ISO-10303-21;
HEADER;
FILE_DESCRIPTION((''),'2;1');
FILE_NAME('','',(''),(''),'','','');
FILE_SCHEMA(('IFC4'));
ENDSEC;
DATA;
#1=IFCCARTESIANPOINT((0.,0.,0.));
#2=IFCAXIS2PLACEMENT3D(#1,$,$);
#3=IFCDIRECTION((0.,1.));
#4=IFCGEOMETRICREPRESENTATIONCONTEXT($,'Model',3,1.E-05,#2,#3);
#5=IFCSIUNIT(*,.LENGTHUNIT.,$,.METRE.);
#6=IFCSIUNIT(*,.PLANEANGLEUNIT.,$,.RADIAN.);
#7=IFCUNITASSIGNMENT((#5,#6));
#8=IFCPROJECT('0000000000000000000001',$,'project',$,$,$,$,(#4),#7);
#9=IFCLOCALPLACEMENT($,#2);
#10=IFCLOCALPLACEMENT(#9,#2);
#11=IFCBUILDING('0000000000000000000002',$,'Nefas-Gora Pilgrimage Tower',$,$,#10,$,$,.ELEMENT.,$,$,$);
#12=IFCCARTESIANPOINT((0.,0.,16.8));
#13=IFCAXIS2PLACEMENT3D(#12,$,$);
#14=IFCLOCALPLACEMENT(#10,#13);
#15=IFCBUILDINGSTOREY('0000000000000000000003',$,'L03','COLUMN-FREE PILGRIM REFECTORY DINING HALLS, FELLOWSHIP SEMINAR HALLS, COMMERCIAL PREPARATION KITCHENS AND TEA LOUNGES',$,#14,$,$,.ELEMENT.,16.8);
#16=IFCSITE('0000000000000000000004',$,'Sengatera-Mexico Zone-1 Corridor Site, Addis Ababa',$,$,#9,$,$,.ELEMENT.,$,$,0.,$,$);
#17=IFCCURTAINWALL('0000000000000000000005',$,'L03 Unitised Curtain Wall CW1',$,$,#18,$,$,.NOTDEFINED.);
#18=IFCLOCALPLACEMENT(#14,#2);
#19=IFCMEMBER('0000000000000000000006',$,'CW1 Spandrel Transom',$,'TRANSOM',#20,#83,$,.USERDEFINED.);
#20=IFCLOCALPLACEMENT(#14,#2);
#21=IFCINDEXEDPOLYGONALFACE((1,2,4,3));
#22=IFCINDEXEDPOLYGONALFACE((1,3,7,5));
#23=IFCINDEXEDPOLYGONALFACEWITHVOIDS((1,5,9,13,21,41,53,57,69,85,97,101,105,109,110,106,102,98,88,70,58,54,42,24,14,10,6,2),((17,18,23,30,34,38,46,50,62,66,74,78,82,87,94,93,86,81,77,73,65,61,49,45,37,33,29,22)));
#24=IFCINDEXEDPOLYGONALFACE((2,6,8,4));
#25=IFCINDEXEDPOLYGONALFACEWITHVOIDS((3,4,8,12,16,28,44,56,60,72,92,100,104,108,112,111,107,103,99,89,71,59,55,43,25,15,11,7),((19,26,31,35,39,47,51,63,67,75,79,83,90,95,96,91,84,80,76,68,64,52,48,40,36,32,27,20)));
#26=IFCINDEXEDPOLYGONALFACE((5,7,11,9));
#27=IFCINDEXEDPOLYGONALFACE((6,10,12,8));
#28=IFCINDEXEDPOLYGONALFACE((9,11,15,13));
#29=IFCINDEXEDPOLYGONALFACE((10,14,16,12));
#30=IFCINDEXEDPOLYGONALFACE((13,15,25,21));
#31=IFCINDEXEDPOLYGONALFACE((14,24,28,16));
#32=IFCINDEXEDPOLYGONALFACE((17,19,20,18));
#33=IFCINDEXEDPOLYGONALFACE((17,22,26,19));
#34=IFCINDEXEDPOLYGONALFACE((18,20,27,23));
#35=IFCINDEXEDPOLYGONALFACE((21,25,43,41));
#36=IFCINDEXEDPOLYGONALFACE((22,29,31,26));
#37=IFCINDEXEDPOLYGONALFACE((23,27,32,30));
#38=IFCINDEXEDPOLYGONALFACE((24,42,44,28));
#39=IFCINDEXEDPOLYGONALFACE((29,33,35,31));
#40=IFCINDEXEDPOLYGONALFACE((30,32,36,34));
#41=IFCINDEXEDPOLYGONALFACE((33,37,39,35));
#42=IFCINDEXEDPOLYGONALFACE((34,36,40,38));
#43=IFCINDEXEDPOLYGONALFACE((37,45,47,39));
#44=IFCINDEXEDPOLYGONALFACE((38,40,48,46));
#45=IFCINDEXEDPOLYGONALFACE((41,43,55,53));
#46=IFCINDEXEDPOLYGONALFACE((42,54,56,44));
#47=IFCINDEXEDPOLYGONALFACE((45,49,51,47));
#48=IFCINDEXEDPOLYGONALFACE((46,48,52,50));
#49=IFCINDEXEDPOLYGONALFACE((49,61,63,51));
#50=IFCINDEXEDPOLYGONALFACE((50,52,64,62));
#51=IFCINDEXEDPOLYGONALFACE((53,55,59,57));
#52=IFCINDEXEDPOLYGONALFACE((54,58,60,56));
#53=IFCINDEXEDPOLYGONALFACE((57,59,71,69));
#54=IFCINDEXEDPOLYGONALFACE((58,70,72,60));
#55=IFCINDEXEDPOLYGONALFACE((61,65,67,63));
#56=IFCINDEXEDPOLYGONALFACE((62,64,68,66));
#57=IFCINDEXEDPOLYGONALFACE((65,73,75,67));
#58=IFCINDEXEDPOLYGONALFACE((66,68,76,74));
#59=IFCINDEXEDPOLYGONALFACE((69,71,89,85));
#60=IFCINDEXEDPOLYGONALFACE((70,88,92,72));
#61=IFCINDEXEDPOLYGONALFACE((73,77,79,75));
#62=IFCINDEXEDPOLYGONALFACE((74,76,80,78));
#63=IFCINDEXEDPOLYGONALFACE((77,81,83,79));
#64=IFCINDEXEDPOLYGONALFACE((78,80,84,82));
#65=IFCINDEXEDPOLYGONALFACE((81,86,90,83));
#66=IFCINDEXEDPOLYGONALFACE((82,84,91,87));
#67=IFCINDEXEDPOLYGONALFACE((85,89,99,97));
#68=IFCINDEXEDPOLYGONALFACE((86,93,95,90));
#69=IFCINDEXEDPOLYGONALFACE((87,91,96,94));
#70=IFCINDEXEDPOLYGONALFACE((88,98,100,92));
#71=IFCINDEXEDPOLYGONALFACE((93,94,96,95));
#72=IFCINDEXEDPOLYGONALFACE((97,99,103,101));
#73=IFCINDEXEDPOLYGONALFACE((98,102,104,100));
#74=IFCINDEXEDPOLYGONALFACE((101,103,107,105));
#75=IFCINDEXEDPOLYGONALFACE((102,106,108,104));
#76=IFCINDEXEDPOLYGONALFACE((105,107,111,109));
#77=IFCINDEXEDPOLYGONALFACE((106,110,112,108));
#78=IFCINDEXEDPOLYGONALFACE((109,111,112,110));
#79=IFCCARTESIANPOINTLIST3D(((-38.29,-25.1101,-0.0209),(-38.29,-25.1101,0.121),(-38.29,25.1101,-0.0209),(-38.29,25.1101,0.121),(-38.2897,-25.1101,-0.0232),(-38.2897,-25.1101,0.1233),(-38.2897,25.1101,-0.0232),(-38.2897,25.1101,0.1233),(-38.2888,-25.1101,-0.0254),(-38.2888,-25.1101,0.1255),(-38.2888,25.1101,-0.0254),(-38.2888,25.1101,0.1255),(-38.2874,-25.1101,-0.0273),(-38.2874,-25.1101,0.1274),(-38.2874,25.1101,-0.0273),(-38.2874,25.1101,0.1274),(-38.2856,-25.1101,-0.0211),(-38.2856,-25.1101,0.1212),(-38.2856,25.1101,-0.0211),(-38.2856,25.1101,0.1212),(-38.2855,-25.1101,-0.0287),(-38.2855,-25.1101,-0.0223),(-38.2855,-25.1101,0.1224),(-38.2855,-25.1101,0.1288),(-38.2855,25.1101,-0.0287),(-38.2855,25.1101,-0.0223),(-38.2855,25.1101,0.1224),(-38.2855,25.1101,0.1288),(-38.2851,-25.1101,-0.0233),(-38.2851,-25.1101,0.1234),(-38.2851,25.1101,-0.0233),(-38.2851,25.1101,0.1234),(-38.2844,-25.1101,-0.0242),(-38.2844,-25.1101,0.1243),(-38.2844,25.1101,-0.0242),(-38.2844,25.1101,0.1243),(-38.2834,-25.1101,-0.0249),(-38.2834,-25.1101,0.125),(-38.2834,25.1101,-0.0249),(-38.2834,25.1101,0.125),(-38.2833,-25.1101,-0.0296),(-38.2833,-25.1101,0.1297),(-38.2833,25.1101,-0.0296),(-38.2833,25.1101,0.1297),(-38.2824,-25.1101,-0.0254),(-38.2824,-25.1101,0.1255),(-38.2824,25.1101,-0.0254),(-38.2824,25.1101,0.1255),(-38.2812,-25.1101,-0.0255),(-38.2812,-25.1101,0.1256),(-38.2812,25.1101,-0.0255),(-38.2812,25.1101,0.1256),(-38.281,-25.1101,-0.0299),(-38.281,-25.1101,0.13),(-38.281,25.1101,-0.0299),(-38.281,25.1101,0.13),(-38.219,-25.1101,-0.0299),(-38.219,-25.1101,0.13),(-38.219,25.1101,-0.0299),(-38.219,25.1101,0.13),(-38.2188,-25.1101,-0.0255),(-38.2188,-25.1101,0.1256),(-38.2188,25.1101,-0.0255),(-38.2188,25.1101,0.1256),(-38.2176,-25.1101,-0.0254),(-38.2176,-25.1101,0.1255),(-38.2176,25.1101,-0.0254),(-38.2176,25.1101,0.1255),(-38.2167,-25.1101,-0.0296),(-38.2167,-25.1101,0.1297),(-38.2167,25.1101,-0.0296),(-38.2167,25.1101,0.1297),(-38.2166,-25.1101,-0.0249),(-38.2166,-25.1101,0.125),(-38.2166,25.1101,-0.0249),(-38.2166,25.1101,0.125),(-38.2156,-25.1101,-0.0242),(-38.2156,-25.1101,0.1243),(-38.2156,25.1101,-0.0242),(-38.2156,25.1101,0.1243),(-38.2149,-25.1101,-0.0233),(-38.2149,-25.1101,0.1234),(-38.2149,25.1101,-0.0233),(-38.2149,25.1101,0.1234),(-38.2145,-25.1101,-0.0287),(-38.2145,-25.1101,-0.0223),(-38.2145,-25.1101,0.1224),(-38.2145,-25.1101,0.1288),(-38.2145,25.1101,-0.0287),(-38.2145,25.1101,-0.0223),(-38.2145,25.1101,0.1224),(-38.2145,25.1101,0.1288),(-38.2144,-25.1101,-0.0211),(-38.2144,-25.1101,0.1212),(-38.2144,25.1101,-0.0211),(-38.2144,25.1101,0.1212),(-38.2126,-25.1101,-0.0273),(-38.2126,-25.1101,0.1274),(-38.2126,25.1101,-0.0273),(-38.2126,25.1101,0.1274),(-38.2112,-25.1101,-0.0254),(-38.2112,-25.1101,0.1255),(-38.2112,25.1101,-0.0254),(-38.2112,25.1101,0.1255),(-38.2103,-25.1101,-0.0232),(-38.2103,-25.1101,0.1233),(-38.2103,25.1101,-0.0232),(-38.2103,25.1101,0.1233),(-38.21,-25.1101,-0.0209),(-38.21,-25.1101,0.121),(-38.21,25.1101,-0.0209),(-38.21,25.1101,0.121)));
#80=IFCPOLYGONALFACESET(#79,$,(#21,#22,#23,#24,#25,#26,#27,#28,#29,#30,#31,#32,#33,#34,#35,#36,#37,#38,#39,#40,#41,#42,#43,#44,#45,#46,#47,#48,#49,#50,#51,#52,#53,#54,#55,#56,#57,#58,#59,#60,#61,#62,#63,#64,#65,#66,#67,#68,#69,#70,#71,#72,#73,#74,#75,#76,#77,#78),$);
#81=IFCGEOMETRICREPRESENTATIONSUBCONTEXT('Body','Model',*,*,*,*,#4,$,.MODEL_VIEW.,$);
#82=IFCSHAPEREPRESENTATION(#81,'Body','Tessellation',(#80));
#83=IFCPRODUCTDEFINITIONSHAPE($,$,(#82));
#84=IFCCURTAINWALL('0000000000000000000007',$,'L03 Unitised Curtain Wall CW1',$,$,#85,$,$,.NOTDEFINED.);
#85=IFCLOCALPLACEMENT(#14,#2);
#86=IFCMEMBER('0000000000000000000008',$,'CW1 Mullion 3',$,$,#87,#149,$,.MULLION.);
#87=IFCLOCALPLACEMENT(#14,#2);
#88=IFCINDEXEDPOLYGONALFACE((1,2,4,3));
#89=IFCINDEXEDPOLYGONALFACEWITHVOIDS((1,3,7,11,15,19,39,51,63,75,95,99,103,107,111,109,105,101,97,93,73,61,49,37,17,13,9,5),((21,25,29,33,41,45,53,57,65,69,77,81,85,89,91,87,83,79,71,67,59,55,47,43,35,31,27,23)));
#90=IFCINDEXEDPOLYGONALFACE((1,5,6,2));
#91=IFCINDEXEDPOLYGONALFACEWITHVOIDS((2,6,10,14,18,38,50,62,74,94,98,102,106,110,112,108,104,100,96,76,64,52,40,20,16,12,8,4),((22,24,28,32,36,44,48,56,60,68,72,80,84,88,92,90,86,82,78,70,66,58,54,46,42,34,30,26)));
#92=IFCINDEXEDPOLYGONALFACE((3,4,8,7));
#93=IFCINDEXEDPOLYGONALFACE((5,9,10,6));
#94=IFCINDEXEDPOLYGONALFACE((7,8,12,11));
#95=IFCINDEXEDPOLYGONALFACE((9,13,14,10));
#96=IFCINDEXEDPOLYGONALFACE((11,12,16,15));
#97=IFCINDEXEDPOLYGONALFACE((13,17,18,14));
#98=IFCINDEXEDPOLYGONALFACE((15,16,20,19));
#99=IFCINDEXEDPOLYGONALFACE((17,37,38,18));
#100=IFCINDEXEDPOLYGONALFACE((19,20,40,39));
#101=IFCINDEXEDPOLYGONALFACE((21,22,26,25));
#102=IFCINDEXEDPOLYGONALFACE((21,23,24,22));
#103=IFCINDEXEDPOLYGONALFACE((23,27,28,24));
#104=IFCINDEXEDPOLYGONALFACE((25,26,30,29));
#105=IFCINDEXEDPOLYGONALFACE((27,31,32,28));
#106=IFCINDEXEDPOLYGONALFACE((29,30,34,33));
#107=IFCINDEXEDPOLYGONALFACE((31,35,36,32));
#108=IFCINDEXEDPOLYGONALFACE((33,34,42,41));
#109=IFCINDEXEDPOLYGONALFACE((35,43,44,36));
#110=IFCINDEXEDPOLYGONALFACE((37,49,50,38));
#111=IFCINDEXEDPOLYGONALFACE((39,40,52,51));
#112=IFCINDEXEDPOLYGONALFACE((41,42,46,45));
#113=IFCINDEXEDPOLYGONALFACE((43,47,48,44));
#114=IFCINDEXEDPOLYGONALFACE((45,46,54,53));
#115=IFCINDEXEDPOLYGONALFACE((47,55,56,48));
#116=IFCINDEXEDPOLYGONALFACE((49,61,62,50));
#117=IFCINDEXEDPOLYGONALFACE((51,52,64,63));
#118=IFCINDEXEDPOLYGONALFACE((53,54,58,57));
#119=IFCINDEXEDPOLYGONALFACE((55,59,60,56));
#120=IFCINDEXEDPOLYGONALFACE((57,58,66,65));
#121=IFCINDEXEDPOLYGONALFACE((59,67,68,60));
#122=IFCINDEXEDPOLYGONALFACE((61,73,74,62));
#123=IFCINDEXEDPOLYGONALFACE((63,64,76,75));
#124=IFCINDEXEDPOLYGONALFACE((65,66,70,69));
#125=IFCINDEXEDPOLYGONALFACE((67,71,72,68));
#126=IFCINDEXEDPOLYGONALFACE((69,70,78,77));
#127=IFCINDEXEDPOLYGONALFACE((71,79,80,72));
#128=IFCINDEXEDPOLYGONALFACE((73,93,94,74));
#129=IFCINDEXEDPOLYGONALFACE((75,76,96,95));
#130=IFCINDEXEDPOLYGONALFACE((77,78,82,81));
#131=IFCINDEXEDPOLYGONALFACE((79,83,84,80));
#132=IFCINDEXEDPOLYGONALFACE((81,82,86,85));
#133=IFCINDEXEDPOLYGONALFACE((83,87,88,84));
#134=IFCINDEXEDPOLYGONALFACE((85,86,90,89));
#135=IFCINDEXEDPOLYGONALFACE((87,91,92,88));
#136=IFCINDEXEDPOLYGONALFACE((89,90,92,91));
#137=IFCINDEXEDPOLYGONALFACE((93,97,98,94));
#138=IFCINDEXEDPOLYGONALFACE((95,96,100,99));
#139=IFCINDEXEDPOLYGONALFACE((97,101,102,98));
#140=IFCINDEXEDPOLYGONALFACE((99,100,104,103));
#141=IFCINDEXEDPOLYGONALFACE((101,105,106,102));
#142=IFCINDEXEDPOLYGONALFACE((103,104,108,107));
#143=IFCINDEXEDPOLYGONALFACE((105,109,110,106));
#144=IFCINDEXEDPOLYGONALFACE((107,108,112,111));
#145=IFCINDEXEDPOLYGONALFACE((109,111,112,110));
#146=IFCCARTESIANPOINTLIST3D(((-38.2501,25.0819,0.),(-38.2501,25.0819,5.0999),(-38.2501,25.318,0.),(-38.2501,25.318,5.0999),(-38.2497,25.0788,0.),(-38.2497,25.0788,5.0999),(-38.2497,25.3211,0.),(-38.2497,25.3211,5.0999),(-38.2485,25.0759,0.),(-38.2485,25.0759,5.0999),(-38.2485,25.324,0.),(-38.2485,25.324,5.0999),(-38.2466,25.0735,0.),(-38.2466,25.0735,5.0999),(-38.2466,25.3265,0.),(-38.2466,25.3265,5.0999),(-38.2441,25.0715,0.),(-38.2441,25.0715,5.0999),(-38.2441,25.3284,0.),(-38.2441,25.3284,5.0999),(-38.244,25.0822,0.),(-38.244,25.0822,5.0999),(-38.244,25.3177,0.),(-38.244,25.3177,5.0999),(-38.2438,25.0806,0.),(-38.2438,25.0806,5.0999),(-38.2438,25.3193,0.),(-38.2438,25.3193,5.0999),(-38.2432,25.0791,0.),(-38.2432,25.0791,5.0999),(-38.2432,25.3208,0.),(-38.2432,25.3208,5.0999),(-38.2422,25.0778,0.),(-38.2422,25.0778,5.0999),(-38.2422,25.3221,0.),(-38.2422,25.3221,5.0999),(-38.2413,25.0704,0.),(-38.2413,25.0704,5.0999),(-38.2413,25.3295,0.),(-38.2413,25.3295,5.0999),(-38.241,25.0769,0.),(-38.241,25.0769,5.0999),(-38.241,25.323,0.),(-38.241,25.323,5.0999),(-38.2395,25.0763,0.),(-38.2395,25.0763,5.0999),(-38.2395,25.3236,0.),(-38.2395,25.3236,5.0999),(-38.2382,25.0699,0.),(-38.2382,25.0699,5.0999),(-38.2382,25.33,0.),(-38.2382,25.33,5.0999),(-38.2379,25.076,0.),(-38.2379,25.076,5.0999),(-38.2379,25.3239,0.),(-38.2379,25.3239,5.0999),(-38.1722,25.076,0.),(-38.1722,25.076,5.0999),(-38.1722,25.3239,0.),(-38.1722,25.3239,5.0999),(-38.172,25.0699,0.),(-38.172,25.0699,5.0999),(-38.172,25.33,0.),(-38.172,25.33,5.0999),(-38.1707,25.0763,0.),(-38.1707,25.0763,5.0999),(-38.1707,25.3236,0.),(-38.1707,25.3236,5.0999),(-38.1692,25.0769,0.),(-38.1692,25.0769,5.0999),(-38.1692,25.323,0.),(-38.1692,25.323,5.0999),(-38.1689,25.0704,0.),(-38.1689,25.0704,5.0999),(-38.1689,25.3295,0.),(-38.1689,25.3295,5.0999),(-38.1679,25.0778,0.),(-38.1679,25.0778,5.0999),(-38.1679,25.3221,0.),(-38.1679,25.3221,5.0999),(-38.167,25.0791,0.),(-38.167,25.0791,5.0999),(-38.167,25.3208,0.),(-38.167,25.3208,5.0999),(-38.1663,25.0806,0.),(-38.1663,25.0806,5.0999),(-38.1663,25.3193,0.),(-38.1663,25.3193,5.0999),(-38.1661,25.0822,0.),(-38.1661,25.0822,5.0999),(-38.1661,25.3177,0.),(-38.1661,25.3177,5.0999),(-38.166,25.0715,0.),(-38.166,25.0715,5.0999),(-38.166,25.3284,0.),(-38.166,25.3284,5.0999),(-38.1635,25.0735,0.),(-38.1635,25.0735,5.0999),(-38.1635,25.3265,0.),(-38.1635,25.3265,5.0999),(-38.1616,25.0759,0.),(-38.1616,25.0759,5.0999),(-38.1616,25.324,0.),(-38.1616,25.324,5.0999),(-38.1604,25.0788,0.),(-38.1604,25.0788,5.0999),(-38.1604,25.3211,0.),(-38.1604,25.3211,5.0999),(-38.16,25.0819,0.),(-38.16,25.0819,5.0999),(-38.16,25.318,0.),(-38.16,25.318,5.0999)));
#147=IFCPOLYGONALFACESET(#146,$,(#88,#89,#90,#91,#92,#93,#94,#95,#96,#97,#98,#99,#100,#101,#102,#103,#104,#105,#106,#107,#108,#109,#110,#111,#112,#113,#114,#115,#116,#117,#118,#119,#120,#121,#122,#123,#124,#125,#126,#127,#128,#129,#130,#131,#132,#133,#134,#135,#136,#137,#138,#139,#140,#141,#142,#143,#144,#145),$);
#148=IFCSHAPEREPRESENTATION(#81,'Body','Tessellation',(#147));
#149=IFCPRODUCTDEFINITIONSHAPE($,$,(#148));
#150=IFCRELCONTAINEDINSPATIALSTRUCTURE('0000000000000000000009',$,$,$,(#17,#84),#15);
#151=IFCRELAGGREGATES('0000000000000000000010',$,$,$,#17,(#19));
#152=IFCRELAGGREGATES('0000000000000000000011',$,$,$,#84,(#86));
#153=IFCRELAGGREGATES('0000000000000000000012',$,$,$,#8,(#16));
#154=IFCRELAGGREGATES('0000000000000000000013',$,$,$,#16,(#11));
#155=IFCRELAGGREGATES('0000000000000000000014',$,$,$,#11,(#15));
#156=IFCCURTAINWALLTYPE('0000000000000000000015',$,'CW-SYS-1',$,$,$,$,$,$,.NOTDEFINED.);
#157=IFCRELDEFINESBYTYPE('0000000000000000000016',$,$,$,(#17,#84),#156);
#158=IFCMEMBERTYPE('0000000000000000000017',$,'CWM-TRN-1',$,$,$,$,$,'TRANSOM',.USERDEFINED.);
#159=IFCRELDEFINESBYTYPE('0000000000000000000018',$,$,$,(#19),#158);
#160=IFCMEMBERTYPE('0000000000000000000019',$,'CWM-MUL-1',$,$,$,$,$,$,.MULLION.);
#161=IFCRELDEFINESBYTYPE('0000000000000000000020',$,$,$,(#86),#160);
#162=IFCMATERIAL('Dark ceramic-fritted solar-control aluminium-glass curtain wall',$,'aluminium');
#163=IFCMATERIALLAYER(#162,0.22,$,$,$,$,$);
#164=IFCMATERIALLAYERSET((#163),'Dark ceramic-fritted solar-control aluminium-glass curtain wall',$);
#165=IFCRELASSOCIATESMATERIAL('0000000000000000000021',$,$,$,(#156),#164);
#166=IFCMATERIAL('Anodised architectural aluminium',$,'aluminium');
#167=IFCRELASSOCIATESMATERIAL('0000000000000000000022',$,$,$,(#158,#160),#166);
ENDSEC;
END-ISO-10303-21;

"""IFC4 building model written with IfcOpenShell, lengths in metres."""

from ifc_helpers import new_model, si_unit, direction, frame, origin, origin_2d, place, context, subcontext, project, spatial, hollow_rectangle, extrude, source, transform, mapped, material, layer, layer_set, material_profile, profile_set, type_object, element, aggregate, save


model = new_model("IFC4")

# Units and contexts
model_context = context("Model", 3, precision=1e-05, world=origin(), true_north=direction((0.0, 1.0)))
body_context = subcontext(model_context, "Body", "Model", "MODEL_VIEW")
ifc_project = project(units=[si_unit("LENGTHUNIT", "METRE"), si_unit("PLANEANGLEUNIT", "RADIAN")], contexts=[model_context])

# Site, building, storey
site_placement = place(None, origin())
site = spatial("IfcSite", under=ifc_project, at=site_placement, Name="Sengatera-Mexico Zone-1 Corridor Site, Addis Ababa", CompositionType="ELEMENT", RefElevation=0.0)
building_placement = place(site_placement, origin())
building = spatial("IfcBuilding", under=site, at=building_placement, Name="Nefas-Gora Pilgrimage Tower", CompositionType="ELEMENT")
storey_placement = place(building_placement, frame((0.0, 0.0, 16.8)))
storey = spatial("IfcBuildingStorey", under=building, at=storey_placement, Name="L03", Description="COLUMN-FREE PILGRIM REFECTORY DINING HALLS, FELLOWSHIP SEMINAR HALLS, COMMERCIAL PREPARATION KITCHENS AND TEA LOUNGES", CompositionType="ELEMENT", Elevation=16.8)

# Curtain walls, members
ifc_material_1 = material(Name="Dark ceramic-fritted solar-control aluminium-glass curtain wall", Category="aluminium")
ifc_layer_1 = layer(ifc_material_1, 0.22)
ifc_layer_set_1 = layer_set([ifc_layer_1], Name="Dark ceramic-fritted solar-control aluminium-glass curtain wall")
curtain_wall_type = type_object("IfcCurtainWallType", Name="CW-SYS-1", PredefinedType="NOTDEFINED", material=ifc_layer_set_1)
curtain_wall_1_placement = place(storey_placement, origin())
curtain_wall_1 = element("IfcCurtainWall", 1, at=curtain_wall_1_placement, inside=storey, type_object=curtain_wall_type, Name="L03 Unitised Curtain Wall CW1", PredefinedType="NOTDEFINED")
ifc_material_2 = material(Name="Anodised architectural aluminium", Category="aluminium")
ifc_material_profile_1 = material_profile(ifc_material_2, hollow_rectangle(XDim=0.0801, YDim=0.1599, WallThickness=0.0044, InnerFilletRadius=0.0044, OuterFilletRadius=0.009, at=origin_2d()), Name="ALU TRANSOM 80x160")
ifc_profile_set_1 = profile_set([ifc_material_profile_1], Name="Anodised architectural aluminium")
member_type_1 = type_object("IfcMemberType", Name="CWM-TRN-1", ElementType="TRANSOM", PredefinedType="USERDEFINED", material=ifc_profile_set_1)
shared_shape_1 = source(origin(), body_context, "Body", "SweptSolid", [
    extrude(hollow_rectangle(XDim=0.0801, YDim=0.1599, WallThickness=0.0044, InnerFilletRadius=0.0044, OuterFilletRadius=0.009, at=origin_2d()), origin(), (0.0, 0.0, 1.0), 50.2202),
])
member_1_placement = place(storey_placement, frame((-38.25, 25.1101, 0.05), z_axis=(0.0, -1.0, 0.0), x_axis=(1.0, 0.0, 0.0)))
member_1 = element("IfcMember", 2, at=member_1_placement, type_object=member_type_1, Name="CW1 Spandrel Transom", ObjectType="TRANSOM", PredefinedType="USERDEFINED", context=body_context, shape_type="MappedRepresentation", body=[
    mapped(shared_shape_1, transform((0.0, 0.0, 0.0), x_axis=(1.0, 0.0, 0.0), y_axis=(0.0, 1.0, 0.0), z_axis=(0.0, 0.0, 1.0), scale=1.0)),
])
curtain_wall_2_placement = place(storey_placement, origin())
curtain_wall_2 = element("IfcCurtainWall", 3, at=curtain_wall_2_placement, inside=storey, type_object=curtain_wall_type, Name="L03 Unitised Curtain Wall CW1", PredefinedType="NOTDEFINED")
ifc_material_profile_2 = material_profile(ifc_material_2, hollow_rectangle(XDim=0.0901, YDim=0.26, WallThickness=0.0061, InnerFilletRadius=0.0061, OuterFilletRadius=0.012, at=origin_2d()), Name="ALU MULLION 90x260")
ifc_profile_set_2 = profile_set([ifc_material_profile_2], Name="Anodised architectural aluminium")
member_type_2 = type_object("IfcMemberType", Name="CWM-MUL-1", PredefinedType="MULLION", material=ifc_profile_set_2)
shared_shape_2 = source(origin(), body_context, "Body", "SweptSolid", [
    extrude(hollow_rectangle(XDim=0.0901, YDim=0.26, WallThickness=0.0061, InnerFilletRadius=0.0061, OuterFilletRadius=0.012, at=origin_2d()), origin(), (0.0, 0.0, 1.0), 5.0999),
])
member_2_placement = place(storey_placement, frame((-38.2051, 25.2, 0.0), z_axis=(0.0, 0.0, 1.0), x_axis=(-1.0, 0.0, 0.0)))
member_2 = element("IfcMember", 4, at=member_2_placement, type_object=member_type_2, Name="CW1 Mullion 3", PredefinedType="MULLION", context=body_context, shape_type="MappedRepresentation", body=[
    mapped(shared_shape_2, transform((0.0, 0.0, 0.0), x_axis=(1.0, 0.0, 0.0), y_axis=(0.0, 1.0, 0.0), z_axis=(0.0, 0.0, 1.0), scale=1.0)),
])

aggregate(curtain_wall_1, [member_1])
aggregate(curtain_wall_2, [member_2])

save(model, "model.ifc")
